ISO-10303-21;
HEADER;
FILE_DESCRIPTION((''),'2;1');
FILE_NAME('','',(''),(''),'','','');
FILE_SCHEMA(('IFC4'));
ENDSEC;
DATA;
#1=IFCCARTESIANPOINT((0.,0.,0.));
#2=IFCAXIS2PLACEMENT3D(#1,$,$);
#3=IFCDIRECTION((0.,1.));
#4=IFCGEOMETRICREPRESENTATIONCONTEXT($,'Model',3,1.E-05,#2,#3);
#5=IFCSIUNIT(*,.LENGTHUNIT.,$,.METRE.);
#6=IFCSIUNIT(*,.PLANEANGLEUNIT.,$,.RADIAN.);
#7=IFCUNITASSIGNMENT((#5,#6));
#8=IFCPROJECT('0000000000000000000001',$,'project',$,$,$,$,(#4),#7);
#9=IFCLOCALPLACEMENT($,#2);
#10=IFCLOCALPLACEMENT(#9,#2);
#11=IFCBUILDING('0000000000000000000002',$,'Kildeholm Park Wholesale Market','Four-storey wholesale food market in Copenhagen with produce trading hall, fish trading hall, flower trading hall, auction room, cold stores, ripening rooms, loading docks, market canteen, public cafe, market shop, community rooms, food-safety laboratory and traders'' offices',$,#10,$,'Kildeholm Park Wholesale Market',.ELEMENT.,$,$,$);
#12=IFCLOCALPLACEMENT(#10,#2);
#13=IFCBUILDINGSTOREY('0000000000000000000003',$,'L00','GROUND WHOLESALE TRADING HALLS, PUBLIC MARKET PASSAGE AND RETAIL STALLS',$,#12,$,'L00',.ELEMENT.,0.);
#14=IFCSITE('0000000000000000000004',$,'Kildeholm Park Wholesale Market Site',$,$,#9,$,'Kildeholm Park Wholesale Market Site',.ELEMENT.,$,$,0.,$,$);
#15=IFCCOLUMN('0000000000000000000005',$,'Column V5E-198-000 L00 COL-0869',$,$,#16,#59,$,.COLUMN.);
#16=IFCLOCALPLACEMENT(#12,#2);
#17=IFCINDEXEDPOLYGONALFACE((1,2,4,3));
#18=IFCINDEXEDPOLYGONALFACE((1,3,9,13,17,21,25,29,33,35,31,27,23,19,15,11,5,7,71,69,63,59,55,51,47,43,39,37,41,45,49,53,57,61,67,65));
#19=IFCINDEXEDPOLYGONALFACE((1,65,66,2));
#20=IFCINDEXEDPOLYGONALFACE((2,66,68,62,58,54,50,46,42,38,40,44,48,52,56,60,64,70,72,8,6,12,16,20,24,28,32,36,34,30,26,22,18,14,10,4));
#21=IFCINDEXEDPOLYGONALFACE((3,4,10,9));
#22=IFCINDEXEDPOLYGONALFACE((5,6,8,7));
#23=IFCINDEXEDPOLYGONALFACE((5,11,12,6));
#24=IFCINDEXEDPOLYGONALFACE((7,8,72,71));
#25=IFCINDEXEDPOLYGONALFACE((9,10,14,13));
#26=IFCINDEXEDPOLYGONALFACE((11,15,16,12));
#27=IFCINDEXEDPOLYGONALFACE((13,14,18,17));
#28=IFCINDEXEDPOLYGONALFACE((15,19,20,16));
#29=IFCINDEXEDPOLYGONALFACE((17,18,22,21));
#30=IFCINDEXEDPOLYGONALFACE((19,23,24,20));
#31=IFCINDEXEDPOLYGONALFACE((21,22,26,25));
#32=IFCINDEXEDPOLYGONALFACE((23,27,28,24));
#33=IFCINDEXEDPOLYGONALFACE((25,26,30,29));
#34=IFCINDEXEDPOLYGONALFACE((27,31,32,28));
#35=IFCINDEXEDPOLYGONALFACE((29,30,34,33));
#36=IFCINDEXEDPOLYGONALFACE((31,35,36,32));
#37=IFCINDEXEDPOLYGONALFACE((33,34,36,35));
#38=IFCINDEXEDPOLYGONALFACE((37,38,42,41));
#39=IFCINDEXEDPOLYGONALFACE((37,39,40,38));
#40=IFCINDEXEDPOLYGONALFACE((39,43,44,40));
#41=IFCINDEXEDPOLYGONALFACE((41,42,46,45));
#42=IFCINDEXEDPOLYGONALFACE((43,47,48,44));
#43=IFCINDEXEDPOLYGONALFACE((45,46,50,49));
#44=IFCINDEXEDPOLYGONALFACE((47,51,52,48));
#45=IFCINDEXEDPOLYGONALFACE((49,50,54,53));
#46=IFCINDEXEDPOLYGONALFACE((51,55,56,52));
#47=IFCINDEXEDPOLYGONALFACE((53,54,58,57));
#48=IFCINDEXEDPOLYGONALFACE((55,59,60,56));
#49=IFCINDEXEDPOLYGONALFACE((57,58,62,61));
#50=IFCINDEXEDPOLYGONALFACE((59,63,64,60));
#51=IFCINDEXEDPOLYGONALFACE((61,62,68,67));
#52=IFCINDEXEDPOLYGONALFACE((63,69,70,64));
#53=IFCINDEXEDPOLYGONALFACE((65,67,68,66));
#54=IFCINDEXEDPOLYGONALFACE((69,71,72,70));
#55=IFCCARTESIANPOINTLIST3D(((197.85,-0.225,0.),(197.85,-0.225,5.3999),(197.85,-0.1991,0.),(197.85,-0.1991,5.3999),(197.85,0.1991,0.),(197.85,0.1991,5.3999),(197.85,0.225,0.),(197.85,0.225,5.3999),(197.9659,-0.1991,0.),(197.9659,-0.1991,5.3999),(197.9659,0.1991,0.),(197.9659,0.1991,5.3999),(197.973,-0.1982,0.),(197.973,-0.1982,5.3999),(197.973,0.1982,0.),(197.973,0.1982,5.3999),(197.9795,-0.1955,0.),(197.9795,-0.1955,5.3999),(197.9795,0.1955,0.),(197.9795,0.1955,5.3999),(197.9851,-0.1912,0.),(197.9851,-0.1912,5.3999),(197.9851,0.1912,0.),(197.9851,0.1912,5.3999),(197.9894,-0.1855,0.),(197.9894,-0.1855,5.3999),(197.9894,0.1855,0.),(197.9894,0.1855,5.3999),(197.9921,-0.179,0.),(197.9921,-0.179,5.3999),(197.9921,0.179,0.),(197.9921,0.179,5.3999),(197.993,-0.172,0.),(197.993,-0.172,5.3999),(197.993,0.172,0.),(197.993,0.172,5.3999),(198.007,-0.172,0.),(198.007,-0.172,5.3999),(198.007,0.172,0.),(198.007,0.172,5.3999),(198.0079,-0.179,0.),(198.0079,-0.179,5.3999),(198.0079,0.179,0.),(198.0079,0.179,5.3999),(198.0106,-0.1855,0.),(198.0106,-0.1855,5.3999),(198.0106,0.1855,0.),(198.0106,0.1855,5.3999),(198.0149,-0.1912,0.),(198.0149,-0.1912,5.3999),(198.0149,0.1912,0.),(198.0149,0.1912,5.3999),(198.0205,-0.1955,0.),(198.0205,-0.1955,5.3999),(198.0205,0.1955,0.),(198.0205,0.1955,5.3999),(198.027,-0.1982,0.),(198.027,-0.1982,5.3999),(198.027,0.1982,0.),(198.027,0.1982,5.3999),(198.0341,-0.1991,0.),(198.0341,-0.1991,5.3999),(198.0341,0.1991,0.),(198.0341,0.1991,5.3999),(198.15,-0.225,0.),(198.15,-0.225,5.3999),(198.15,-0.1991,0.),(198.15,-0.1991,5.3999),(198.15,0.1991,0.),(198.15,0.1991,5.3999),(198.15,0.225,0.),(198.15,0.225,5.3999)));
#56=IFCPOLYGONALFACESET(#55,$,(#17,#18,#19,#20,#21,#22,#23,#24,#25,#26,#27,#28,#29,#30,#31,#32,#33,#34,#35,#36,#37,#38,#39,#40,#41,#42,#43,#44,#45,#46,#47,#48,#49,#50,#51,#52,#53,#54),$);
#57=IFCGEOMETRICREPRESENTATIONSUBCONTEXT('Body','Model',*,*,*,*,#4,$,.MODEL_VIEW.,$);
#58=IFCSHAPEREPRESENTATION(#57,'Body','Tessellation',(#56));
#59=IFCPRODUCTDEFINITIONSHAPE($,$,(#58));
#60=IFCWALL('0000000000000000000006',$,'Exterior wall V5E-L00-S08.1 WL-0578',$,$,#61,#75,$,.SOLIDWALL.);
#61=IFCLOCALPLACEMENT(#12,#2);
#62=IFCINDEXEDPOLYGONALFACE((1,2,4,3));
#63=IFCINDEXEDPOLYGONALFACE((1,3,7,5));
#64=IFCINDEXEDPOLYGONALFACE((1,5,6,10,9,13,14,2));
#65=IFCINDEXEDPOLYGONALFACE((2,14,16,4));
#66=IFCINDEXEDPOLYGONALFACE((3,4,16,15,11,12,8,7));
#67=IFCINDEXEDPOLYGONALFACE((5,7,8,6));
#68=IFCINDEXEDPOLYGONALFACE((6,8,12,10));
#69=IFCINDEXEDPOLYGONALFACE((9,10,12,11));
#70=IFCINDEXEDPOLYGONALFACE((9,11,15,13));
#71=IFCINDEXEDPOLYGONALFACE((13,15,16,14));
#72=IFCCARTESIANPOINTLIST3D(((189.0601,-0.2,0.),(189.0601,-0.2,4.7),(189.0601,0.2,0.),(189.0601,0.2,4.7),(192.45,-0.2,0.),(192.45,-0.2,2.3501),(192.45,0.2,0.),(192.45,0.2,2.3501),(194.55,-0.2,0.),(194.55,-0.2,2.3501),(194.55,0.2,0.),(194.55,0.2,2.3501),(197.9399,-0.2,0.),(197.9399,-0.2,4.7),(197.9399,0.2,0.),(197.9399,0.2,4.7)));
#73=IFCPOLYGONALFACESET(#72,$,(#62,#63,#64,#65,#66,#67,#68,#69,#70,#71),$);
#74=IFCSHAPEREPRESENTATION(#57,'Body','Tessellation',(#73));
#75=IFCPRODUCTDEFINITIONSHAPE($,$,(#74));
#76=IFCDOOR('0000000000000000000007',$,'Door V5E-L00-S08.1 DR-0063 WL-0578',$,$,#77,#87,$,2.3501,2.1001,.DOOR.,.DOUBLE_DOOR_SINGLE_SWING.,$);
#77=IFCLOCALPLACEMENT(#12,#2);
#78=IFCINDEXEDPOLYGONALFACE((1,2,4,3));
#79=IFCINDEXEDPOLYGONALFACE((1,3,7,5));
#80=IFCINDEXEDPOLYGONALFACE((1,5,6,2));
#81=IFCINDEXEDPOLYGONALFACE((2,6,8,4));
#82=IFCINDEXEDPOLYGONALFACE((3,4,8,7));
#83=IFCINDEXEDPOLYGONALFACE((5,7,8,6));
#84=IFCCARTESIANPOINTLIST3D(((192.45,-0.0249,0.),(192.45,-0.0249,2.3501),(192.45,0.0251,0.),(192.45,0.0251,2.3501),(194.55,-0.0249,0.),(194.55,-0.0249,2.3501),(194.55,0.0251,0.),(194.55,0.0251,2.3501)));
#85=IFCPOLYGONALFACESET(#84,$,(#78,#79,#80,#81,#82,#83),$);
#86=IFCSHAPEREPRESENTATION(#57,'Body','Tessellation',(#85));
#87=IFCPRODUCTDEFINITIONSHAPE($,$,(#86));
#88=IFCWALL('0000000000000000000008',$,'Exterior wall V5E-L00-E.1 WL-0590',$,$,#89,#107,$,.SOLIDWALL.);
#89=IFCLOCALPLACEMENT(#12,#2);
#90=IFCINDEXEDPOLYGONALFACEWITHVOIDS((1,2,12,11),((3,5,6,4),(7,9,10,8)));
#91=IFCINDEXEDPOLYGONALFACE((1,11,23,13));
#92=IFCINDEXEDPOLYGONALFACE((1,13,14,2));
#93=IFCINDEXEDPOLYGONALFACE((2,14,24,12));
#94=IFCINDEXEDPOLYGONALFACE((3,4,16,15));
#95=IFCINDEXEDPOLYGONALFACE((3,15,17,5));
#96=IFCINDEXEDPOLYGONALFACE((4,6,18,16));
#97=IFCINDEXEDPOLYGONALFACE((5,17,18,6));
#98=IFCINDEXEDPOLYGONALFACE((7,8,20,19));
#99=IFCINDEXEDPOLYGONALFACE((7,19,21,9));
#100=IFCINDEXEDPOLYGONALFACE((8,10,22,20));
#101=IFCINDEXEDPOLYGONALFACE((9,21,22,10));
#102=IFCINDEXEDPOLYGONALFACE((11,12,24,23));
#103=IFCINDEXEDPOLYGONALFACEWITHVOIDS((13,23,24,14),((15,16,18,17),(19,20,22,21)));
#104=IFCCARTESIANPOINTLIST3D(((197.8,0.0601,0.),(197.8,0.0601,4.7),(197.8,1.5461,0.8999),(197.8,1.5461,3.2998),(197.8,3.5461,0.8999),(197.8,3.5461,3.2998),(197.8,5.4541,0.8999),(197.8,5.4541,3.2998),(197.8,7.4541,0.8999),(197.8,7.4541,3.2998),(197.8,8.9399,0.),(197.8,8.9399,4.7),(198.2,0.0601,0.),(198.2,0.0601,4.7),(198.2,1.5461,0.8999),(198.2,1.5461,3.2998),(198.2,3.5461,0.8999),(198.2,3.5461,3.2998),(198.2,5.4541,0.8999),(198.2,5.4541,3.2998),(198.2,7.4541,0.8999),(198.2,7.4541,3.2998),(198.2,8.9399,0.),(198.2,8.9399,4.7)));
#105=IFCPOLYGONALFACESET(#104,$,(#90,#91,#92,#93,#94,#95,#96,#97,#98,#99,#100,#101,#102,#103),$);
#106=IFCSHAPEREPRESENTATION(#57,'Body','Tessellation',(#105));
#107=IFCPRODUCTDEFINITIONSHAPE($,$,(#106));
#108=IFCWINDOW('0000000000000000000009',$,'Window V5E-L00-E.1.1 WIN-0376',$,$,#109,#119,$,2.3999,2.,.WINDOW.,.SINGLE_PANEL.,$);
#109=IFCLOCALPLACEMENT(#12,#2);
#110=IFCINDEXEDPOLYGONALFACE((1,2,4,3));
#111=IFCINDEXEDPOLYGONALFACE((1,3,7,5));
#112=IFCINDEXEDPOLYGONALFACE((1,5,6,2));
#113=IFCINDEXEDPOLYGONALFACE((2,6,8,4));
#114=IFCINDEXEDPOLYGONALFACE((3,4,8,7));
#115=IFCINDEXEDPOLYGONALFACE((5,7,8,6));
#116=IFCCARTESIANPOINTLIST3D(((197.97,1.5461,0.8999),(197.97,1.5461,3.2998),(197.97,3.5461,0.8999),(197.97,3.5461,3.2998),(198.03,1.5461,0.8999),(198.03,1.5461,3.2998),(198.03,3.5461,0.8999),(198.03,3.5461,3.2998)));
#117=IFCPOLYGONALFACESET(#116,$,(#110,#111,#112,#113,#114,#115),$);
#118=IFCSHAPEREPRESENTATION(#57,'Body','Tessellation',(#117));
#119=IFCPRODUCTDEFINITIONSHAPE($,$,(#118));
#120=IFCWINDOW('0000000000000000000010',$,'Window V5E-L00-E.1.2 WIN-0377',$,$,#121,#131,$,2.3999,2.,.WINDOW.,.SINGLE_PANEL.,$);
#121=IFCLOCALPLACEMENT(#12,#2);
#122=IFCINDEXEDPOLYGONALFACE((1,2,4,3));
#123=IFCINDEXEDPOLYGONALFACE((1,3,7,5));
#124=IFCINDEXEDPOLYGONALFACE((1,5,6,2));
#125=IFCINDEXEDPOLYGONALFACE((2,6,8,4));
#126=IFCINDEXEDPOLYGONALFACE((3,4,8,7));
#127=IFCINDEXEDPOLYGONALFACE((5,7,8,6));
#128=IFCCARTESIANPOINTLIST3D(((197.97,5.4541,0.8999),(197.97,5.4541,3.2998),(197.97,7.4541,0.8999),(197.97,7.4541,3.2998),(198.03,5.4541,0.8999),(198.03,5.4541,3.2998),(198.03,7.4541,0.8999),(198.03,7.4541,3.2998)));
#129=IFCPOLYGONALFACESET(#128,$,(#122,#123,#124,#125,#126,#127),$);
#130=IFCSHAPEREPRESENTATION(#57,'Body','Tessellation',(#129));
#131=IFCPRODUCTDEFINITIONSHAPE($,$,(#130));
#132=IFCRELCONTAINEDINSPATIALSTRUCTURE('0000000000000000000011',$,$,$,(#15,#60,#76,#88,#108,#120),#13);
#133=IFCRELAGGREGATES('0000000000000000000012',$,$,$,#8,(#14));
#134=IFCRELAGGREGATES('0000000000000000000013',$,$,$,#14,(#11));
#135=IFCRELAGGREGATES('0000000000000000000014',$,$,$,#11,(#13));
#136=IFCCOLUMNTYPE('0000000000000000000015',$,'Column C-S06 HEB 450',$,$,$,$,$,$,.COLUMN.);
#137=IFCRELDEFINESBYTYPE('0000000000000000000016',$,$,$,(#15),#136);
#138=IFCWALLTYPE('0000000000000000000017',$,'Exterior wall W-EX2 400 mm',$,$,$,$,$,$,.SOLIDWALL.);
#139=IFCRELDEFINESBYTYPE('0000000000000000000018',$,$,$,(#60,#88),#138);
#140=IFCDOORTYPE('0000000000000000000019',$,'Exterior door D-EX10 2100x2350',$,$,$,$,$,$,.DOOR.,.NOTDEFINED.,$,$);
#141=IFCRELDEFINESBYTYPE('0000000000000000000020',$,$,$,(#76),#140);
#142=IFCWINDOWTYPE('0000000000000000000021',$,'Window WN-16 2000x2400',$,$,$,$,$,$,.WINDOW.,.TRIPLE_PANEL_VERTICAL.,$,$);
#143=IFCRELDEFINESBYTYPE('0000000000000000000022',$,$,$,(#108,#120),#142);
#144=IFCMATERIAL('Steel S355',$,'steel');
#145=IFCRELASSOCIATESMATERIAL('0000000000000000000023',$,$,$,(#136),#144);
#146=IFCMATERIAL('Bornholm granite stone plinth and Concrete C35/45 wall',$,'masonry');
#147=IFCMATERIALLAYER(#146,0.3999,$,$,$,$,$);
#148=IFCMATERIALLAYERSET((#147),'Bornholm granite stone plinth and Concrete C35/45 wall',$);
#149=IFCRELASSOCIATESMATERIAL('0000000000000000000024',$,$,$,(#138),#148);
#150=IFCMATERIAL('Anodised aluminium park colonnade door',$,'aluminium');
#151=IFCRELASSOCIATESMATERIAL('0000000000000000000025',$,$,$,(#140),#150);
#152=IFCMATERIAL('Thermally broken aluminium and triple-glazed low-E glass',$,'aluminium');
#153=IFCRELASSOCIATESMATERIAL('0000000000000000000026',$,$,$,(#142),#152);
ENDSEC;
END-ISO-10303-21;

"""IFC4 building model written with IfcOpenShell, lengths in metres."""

from ifc_helpers import new_model, si_unit, direction, frame, frame_2d, origin, origin_2d, place, context, subcontext, project, spatial, rectangle, i_section, extrude, material, layer, layer_set, material_profile, profile_set, type_object, element, fill, save


model = new_model("IFC4")

# Units and contexts
model_context = context("Model", 3, precision=1e-05, world=origin(), true_north=direction((0.0, 1.0)))
body_context = subcontext(model_context, "Body", "Model", "MODEL_VIEW")
ifc_project = project(units=[si_unit("LENGTHUNIT", "METRE"), si_unit("PLANEANGLEUNIT", "RADIAN")], contexts=[model_context])

# Site, building, storey
site_placement = place(None, origin())
site = spatial("IfcSite", under=ifc_project, at=site_placement, Name="Kildeholm Park Wholesale Market Site", LongName="Kildeholm Park Wholesale Market Site", CompositionType="ELEMENT", RefElevation=0.0)
building_placement = place(site_placement, origin())
building = spatial("IfcBuilding", under=site, at=building_placement, Name="Kildeholm Park Wholesale Market", Description="Four-storey wholesale food market in Copenhagen with produce trading hall, fish trading hall, flower trading hall, auction room, cold stores, ripening rooms, loading docks, market canteen, public cafe, market shop, community rooms, food-safety laboratory and traders' offices", LongName="Kildeholm Park Wholesale Market", CompositionType="ELEMENT")
storey_placement = place(building_placement, origin())
storey = spatial("IfcBuildingStorey", under=building, at=storey_placement, Name="L00", Description="GROUND WHOLESALE TRADING HALLS, PUBLIC MARKET PASSAGE AND RETAIL STALLS", LongName="L00", CompositionType="ELEMENT", Elevation=0.0)

# Column
ifc_material_1 = material(Name="Steel S355", Category="steel")
ifc_material_profile_1 = material_profile(ifc_material_1, i_section(OverallWidth=0.3, OverallDepth=0.45, WebThickness=0.0139, FlangeThickness=0.0259, FilletRadius=0.0271, at=origin_2d()), Name="HEB 450")
ifc_profile_set_1 = profile_set([ifc_material_profile_1], Name="Steel S355")
column_type = type_object("IfcColumnType", Name="Column C-S06 HEB 450", PredefinedType="COLUMN", material=ifc_profile_set_1)
column_placement = place(storey_placement, frame((198.0, 0.0, 0.0), z_axis=(0.0, 0.0, 1.0), x_axis=(1.0, 0.0, 0.0)))
element("IfcColumn", 1, at=column_placement, inside=storey, type_object=column_type, Name="Column V5E-198-000 L00 COL-0869", PredefinedType="COLUMN", context=body_context, shape_type="SweptSolid", body=[
    extrude(i_section(OverallWidth=0.3, OverallDepth=0.45, WebThickness=0.0139, FlangeThickness=0.0259, FilletRadius=0.0271, at=origin_2d()), origin(), (0.0, 0.0, 1.0), 5.3999),
])

# Wall, opening, door
ifc_material_2 = material(Name="Bornholm granite stone plinth and Concrete C35/45 wall", Category="masonry")
ifc_layer = layer(ifc_material_2, 0.3999)
ifc_layer_set = layer_set([ifc_layer], Name="Bornholm granite stone plinth and Concrete C35/45 wall")
wall_type = type_object("IfcWallType", Name="Exterior wall W-EX2 400 mm", PredefinedType="SOLIDWALL", material=ifc_layer_set)
wall_1_placement = place(storey_placement, frame((189.0601, 0.0, 0.0), z_axis=(0.0, 0.0, 1.0), x_axis=(1.0, 0.0, 0.0)))
wall_1 = element("IfcWall", 2, at=wall_1_placement, inside=storey, type_object=wall_type, Name="Exterior wall V5E-L00-S08.1 WL-0578", PredefinedType="SOLIDWALL", context=body_context, shape_type="SweptSolid", body=[
    extrude(rectangle(XDim=8.8799, YDim=0.3999, at=frame_2d((4.4399, 0.0))), origin(), (0.0, 0.0, 1.0), 4.7),
])
opening_1_placement = place(wall_1_placement, frame((3.3899, 0.0, 0.0)))
opening_1 = element("IfcOpeningElement", 3, at=opening_1_placement, cuts=wall_1, PredefinedType="OPENING", context=body_context, shape_type="SweptSolid", body=[
    extrude(rectangle(XDim=2.1001, YDim=2.3501, at=frame_2d((1.05, 1.175))), frame((0.0, 0.21, 0.0), z_axis=(0.0, -1.0, 0.0), x_axis=(1.0, 0.0, 0.0)), (0.0, 0.0, 1.0), 0.4199),
])
ifc_material_3 = material(Name="Anodised aluminium park colonnade door", Category="aluminium")
door_type = type_object("IfcDoorType", Name="Exterior door D-EX10 2100x2350", OperationType="NOTDEFINED", PredefinedType="DOOR", material=ifc_material_3)
door_placement = place(opening_1_placement, frame((2.1001, 0.0, 0.0), z_axis=(0.0, 0.0, 1.0), x_axis=(-1.0, 0.0, 0.0)))
door = element("IfcDoor", 4, at=door_placement, inside=storey, type_object=door_type, Name="Door V5E-L00-S08.1 DR-0063 WL-0578", OperationType="DOUBLE_DOOR_SINGLE_SWING", OverallHeight=2.3501, OverallWidth=2.1001, PredefinedType="DOOR", context=body_context, shape_type="SweptSolid", body=[
    extrude(rectangle(XDim=2.1001, YDim=2.3501, at=frame_2d((1.05, 1.175))), frame((0.0, 0.0249, 0.0), z_axis=(0.0, -1.0, 0.0), x_axis=(1.0, 0.0, 0.0)), (0.0, 0.0, 1.0), 0.05),
])
fill(opening_1, door)

# Wall, openings, windows
wall_2_placement = place(storey_placement, frame((198.0, 0.0601, 0.0), z_axis=(0.0, 0.0, 1.0), x_axis=(0.0, 1.0, 0.0)))
wall_2 = element("IfcWall", 5, at=wall_2_placement, inside=storey, type_object=wall_type, Name="Exterior wall V5E-L00-E.1 WL-0590", PredefinedType="SOLIDWALL", context=body_context, shape_type="SweptSolid", body=[
    extrude(rectangle(XDim=8.8799, YDim=0.3999, at=frame_2d((4.4399, 0.0))), origin(), (0.0, 0.0, 1.0), 4.7),
])
opening_2_placement = place(wall_2_placement, frame((1.4861, 0.0, 0.8999)))
opening_2 = element("IfcOpeningElement", 6, at=opening_2_placement, cuts=wall_2, PredefinedType="OPENING", context=body_context, shape_type="SweptSolid", body=[
    extrude(rectangle(XDim=2.0, YDim=2.3999, at=frame_2d((1.0, 1.2))), frame((0.0, 0.21, 0.0), z_axis=(0.0, -1.0, 0.0), x_axis=(1.0, 0.0, 0.0)), (0.0, 0.0, 1.0), 0.4199),
])
opening_3_placement = place(wall_2_placement, frame((5.394, 0.0, 0.8999)))
opening_3 = element("IfcOpeningElement", 7, at=opening_3_placement, cuts=wall_2, PredefinedType="OPENING", context=body_context, shape_type="SweptSolid", body=[
    extrude(rectangle(XDim=2.0, YDim=2.3999, at=frame_2d((1.0, 1.2))), frame((0.0, 0.21, 0.0), z_axis=(0.0, -1.0, 0.0), x_axis=(1.0, 0.0, 0.0)), (0.0, 0.0, 1.0), 0.4199),
])
ifc_material_4 = material(Name="Thermally broken aluminium and triple-glazed low-E glass", Category="aluminium")
window_type = type_object("IfcWindowType", Name="Window WN-16 2000x2400", PartitioningType="TRIPLE_PANEL_VERTICAL", PredefinedType="WINDOW", material=ifc_material_4)
window_1_placement = place(opening_2_placement, origin())
window_1 = element("IfcWindow", 8, at=window_1_placement, inside=storey, type_object=window_type, Name="Window V5E-L00-E.1.1 WIN-0376", OverallHeight=2.3999, OverallWidth=2.0, PartitioningType="SINGLE_PANEL", PredefinedType="WINDOW", context=body_context, shape_type="SweptSolid", body=[
    extrude(rectangle(XDim=2.0, YDim=2.3999, at=frame_2d((1.0, 1.2))), frame((0.0, 0.03, 0.0), z_axis=(0.0, -1.0, 0.0), x_axis=(1.0, 0.0, 0.0)), (0.0, 0.0, 1.0), 0.0601),
])
fill(opening_2, window_1)
window_2_placement = place(opening_3_placement, origin())
window_2 = element("IfcWindow", 9, at=window_2_placement, inside=storey, type_object=window_type, Name="Window V5E-L00-E.1.2 WIN-0377", OverallHeight=2.3999, OverallWidth=2.0, PartitioningType="SINGLE_PANEL", PredefinedType="WINDOW", context=body_context, shape_type="SweptSolid", body=[
    extrude(rectangle(XDim=2.0, YDim=2.3999, at=frame_2d((1.0, 1.2))), frame((0.0, 0.03, 0.0), z_axis=(0.0, -1.0, 0.0), x_axis=(1.0, 0.0, 0.0)), (0.0, 0.0, 1.0), 0.0601),
])
fill(opening_3, window_2)

save(model, "model.ifc")
